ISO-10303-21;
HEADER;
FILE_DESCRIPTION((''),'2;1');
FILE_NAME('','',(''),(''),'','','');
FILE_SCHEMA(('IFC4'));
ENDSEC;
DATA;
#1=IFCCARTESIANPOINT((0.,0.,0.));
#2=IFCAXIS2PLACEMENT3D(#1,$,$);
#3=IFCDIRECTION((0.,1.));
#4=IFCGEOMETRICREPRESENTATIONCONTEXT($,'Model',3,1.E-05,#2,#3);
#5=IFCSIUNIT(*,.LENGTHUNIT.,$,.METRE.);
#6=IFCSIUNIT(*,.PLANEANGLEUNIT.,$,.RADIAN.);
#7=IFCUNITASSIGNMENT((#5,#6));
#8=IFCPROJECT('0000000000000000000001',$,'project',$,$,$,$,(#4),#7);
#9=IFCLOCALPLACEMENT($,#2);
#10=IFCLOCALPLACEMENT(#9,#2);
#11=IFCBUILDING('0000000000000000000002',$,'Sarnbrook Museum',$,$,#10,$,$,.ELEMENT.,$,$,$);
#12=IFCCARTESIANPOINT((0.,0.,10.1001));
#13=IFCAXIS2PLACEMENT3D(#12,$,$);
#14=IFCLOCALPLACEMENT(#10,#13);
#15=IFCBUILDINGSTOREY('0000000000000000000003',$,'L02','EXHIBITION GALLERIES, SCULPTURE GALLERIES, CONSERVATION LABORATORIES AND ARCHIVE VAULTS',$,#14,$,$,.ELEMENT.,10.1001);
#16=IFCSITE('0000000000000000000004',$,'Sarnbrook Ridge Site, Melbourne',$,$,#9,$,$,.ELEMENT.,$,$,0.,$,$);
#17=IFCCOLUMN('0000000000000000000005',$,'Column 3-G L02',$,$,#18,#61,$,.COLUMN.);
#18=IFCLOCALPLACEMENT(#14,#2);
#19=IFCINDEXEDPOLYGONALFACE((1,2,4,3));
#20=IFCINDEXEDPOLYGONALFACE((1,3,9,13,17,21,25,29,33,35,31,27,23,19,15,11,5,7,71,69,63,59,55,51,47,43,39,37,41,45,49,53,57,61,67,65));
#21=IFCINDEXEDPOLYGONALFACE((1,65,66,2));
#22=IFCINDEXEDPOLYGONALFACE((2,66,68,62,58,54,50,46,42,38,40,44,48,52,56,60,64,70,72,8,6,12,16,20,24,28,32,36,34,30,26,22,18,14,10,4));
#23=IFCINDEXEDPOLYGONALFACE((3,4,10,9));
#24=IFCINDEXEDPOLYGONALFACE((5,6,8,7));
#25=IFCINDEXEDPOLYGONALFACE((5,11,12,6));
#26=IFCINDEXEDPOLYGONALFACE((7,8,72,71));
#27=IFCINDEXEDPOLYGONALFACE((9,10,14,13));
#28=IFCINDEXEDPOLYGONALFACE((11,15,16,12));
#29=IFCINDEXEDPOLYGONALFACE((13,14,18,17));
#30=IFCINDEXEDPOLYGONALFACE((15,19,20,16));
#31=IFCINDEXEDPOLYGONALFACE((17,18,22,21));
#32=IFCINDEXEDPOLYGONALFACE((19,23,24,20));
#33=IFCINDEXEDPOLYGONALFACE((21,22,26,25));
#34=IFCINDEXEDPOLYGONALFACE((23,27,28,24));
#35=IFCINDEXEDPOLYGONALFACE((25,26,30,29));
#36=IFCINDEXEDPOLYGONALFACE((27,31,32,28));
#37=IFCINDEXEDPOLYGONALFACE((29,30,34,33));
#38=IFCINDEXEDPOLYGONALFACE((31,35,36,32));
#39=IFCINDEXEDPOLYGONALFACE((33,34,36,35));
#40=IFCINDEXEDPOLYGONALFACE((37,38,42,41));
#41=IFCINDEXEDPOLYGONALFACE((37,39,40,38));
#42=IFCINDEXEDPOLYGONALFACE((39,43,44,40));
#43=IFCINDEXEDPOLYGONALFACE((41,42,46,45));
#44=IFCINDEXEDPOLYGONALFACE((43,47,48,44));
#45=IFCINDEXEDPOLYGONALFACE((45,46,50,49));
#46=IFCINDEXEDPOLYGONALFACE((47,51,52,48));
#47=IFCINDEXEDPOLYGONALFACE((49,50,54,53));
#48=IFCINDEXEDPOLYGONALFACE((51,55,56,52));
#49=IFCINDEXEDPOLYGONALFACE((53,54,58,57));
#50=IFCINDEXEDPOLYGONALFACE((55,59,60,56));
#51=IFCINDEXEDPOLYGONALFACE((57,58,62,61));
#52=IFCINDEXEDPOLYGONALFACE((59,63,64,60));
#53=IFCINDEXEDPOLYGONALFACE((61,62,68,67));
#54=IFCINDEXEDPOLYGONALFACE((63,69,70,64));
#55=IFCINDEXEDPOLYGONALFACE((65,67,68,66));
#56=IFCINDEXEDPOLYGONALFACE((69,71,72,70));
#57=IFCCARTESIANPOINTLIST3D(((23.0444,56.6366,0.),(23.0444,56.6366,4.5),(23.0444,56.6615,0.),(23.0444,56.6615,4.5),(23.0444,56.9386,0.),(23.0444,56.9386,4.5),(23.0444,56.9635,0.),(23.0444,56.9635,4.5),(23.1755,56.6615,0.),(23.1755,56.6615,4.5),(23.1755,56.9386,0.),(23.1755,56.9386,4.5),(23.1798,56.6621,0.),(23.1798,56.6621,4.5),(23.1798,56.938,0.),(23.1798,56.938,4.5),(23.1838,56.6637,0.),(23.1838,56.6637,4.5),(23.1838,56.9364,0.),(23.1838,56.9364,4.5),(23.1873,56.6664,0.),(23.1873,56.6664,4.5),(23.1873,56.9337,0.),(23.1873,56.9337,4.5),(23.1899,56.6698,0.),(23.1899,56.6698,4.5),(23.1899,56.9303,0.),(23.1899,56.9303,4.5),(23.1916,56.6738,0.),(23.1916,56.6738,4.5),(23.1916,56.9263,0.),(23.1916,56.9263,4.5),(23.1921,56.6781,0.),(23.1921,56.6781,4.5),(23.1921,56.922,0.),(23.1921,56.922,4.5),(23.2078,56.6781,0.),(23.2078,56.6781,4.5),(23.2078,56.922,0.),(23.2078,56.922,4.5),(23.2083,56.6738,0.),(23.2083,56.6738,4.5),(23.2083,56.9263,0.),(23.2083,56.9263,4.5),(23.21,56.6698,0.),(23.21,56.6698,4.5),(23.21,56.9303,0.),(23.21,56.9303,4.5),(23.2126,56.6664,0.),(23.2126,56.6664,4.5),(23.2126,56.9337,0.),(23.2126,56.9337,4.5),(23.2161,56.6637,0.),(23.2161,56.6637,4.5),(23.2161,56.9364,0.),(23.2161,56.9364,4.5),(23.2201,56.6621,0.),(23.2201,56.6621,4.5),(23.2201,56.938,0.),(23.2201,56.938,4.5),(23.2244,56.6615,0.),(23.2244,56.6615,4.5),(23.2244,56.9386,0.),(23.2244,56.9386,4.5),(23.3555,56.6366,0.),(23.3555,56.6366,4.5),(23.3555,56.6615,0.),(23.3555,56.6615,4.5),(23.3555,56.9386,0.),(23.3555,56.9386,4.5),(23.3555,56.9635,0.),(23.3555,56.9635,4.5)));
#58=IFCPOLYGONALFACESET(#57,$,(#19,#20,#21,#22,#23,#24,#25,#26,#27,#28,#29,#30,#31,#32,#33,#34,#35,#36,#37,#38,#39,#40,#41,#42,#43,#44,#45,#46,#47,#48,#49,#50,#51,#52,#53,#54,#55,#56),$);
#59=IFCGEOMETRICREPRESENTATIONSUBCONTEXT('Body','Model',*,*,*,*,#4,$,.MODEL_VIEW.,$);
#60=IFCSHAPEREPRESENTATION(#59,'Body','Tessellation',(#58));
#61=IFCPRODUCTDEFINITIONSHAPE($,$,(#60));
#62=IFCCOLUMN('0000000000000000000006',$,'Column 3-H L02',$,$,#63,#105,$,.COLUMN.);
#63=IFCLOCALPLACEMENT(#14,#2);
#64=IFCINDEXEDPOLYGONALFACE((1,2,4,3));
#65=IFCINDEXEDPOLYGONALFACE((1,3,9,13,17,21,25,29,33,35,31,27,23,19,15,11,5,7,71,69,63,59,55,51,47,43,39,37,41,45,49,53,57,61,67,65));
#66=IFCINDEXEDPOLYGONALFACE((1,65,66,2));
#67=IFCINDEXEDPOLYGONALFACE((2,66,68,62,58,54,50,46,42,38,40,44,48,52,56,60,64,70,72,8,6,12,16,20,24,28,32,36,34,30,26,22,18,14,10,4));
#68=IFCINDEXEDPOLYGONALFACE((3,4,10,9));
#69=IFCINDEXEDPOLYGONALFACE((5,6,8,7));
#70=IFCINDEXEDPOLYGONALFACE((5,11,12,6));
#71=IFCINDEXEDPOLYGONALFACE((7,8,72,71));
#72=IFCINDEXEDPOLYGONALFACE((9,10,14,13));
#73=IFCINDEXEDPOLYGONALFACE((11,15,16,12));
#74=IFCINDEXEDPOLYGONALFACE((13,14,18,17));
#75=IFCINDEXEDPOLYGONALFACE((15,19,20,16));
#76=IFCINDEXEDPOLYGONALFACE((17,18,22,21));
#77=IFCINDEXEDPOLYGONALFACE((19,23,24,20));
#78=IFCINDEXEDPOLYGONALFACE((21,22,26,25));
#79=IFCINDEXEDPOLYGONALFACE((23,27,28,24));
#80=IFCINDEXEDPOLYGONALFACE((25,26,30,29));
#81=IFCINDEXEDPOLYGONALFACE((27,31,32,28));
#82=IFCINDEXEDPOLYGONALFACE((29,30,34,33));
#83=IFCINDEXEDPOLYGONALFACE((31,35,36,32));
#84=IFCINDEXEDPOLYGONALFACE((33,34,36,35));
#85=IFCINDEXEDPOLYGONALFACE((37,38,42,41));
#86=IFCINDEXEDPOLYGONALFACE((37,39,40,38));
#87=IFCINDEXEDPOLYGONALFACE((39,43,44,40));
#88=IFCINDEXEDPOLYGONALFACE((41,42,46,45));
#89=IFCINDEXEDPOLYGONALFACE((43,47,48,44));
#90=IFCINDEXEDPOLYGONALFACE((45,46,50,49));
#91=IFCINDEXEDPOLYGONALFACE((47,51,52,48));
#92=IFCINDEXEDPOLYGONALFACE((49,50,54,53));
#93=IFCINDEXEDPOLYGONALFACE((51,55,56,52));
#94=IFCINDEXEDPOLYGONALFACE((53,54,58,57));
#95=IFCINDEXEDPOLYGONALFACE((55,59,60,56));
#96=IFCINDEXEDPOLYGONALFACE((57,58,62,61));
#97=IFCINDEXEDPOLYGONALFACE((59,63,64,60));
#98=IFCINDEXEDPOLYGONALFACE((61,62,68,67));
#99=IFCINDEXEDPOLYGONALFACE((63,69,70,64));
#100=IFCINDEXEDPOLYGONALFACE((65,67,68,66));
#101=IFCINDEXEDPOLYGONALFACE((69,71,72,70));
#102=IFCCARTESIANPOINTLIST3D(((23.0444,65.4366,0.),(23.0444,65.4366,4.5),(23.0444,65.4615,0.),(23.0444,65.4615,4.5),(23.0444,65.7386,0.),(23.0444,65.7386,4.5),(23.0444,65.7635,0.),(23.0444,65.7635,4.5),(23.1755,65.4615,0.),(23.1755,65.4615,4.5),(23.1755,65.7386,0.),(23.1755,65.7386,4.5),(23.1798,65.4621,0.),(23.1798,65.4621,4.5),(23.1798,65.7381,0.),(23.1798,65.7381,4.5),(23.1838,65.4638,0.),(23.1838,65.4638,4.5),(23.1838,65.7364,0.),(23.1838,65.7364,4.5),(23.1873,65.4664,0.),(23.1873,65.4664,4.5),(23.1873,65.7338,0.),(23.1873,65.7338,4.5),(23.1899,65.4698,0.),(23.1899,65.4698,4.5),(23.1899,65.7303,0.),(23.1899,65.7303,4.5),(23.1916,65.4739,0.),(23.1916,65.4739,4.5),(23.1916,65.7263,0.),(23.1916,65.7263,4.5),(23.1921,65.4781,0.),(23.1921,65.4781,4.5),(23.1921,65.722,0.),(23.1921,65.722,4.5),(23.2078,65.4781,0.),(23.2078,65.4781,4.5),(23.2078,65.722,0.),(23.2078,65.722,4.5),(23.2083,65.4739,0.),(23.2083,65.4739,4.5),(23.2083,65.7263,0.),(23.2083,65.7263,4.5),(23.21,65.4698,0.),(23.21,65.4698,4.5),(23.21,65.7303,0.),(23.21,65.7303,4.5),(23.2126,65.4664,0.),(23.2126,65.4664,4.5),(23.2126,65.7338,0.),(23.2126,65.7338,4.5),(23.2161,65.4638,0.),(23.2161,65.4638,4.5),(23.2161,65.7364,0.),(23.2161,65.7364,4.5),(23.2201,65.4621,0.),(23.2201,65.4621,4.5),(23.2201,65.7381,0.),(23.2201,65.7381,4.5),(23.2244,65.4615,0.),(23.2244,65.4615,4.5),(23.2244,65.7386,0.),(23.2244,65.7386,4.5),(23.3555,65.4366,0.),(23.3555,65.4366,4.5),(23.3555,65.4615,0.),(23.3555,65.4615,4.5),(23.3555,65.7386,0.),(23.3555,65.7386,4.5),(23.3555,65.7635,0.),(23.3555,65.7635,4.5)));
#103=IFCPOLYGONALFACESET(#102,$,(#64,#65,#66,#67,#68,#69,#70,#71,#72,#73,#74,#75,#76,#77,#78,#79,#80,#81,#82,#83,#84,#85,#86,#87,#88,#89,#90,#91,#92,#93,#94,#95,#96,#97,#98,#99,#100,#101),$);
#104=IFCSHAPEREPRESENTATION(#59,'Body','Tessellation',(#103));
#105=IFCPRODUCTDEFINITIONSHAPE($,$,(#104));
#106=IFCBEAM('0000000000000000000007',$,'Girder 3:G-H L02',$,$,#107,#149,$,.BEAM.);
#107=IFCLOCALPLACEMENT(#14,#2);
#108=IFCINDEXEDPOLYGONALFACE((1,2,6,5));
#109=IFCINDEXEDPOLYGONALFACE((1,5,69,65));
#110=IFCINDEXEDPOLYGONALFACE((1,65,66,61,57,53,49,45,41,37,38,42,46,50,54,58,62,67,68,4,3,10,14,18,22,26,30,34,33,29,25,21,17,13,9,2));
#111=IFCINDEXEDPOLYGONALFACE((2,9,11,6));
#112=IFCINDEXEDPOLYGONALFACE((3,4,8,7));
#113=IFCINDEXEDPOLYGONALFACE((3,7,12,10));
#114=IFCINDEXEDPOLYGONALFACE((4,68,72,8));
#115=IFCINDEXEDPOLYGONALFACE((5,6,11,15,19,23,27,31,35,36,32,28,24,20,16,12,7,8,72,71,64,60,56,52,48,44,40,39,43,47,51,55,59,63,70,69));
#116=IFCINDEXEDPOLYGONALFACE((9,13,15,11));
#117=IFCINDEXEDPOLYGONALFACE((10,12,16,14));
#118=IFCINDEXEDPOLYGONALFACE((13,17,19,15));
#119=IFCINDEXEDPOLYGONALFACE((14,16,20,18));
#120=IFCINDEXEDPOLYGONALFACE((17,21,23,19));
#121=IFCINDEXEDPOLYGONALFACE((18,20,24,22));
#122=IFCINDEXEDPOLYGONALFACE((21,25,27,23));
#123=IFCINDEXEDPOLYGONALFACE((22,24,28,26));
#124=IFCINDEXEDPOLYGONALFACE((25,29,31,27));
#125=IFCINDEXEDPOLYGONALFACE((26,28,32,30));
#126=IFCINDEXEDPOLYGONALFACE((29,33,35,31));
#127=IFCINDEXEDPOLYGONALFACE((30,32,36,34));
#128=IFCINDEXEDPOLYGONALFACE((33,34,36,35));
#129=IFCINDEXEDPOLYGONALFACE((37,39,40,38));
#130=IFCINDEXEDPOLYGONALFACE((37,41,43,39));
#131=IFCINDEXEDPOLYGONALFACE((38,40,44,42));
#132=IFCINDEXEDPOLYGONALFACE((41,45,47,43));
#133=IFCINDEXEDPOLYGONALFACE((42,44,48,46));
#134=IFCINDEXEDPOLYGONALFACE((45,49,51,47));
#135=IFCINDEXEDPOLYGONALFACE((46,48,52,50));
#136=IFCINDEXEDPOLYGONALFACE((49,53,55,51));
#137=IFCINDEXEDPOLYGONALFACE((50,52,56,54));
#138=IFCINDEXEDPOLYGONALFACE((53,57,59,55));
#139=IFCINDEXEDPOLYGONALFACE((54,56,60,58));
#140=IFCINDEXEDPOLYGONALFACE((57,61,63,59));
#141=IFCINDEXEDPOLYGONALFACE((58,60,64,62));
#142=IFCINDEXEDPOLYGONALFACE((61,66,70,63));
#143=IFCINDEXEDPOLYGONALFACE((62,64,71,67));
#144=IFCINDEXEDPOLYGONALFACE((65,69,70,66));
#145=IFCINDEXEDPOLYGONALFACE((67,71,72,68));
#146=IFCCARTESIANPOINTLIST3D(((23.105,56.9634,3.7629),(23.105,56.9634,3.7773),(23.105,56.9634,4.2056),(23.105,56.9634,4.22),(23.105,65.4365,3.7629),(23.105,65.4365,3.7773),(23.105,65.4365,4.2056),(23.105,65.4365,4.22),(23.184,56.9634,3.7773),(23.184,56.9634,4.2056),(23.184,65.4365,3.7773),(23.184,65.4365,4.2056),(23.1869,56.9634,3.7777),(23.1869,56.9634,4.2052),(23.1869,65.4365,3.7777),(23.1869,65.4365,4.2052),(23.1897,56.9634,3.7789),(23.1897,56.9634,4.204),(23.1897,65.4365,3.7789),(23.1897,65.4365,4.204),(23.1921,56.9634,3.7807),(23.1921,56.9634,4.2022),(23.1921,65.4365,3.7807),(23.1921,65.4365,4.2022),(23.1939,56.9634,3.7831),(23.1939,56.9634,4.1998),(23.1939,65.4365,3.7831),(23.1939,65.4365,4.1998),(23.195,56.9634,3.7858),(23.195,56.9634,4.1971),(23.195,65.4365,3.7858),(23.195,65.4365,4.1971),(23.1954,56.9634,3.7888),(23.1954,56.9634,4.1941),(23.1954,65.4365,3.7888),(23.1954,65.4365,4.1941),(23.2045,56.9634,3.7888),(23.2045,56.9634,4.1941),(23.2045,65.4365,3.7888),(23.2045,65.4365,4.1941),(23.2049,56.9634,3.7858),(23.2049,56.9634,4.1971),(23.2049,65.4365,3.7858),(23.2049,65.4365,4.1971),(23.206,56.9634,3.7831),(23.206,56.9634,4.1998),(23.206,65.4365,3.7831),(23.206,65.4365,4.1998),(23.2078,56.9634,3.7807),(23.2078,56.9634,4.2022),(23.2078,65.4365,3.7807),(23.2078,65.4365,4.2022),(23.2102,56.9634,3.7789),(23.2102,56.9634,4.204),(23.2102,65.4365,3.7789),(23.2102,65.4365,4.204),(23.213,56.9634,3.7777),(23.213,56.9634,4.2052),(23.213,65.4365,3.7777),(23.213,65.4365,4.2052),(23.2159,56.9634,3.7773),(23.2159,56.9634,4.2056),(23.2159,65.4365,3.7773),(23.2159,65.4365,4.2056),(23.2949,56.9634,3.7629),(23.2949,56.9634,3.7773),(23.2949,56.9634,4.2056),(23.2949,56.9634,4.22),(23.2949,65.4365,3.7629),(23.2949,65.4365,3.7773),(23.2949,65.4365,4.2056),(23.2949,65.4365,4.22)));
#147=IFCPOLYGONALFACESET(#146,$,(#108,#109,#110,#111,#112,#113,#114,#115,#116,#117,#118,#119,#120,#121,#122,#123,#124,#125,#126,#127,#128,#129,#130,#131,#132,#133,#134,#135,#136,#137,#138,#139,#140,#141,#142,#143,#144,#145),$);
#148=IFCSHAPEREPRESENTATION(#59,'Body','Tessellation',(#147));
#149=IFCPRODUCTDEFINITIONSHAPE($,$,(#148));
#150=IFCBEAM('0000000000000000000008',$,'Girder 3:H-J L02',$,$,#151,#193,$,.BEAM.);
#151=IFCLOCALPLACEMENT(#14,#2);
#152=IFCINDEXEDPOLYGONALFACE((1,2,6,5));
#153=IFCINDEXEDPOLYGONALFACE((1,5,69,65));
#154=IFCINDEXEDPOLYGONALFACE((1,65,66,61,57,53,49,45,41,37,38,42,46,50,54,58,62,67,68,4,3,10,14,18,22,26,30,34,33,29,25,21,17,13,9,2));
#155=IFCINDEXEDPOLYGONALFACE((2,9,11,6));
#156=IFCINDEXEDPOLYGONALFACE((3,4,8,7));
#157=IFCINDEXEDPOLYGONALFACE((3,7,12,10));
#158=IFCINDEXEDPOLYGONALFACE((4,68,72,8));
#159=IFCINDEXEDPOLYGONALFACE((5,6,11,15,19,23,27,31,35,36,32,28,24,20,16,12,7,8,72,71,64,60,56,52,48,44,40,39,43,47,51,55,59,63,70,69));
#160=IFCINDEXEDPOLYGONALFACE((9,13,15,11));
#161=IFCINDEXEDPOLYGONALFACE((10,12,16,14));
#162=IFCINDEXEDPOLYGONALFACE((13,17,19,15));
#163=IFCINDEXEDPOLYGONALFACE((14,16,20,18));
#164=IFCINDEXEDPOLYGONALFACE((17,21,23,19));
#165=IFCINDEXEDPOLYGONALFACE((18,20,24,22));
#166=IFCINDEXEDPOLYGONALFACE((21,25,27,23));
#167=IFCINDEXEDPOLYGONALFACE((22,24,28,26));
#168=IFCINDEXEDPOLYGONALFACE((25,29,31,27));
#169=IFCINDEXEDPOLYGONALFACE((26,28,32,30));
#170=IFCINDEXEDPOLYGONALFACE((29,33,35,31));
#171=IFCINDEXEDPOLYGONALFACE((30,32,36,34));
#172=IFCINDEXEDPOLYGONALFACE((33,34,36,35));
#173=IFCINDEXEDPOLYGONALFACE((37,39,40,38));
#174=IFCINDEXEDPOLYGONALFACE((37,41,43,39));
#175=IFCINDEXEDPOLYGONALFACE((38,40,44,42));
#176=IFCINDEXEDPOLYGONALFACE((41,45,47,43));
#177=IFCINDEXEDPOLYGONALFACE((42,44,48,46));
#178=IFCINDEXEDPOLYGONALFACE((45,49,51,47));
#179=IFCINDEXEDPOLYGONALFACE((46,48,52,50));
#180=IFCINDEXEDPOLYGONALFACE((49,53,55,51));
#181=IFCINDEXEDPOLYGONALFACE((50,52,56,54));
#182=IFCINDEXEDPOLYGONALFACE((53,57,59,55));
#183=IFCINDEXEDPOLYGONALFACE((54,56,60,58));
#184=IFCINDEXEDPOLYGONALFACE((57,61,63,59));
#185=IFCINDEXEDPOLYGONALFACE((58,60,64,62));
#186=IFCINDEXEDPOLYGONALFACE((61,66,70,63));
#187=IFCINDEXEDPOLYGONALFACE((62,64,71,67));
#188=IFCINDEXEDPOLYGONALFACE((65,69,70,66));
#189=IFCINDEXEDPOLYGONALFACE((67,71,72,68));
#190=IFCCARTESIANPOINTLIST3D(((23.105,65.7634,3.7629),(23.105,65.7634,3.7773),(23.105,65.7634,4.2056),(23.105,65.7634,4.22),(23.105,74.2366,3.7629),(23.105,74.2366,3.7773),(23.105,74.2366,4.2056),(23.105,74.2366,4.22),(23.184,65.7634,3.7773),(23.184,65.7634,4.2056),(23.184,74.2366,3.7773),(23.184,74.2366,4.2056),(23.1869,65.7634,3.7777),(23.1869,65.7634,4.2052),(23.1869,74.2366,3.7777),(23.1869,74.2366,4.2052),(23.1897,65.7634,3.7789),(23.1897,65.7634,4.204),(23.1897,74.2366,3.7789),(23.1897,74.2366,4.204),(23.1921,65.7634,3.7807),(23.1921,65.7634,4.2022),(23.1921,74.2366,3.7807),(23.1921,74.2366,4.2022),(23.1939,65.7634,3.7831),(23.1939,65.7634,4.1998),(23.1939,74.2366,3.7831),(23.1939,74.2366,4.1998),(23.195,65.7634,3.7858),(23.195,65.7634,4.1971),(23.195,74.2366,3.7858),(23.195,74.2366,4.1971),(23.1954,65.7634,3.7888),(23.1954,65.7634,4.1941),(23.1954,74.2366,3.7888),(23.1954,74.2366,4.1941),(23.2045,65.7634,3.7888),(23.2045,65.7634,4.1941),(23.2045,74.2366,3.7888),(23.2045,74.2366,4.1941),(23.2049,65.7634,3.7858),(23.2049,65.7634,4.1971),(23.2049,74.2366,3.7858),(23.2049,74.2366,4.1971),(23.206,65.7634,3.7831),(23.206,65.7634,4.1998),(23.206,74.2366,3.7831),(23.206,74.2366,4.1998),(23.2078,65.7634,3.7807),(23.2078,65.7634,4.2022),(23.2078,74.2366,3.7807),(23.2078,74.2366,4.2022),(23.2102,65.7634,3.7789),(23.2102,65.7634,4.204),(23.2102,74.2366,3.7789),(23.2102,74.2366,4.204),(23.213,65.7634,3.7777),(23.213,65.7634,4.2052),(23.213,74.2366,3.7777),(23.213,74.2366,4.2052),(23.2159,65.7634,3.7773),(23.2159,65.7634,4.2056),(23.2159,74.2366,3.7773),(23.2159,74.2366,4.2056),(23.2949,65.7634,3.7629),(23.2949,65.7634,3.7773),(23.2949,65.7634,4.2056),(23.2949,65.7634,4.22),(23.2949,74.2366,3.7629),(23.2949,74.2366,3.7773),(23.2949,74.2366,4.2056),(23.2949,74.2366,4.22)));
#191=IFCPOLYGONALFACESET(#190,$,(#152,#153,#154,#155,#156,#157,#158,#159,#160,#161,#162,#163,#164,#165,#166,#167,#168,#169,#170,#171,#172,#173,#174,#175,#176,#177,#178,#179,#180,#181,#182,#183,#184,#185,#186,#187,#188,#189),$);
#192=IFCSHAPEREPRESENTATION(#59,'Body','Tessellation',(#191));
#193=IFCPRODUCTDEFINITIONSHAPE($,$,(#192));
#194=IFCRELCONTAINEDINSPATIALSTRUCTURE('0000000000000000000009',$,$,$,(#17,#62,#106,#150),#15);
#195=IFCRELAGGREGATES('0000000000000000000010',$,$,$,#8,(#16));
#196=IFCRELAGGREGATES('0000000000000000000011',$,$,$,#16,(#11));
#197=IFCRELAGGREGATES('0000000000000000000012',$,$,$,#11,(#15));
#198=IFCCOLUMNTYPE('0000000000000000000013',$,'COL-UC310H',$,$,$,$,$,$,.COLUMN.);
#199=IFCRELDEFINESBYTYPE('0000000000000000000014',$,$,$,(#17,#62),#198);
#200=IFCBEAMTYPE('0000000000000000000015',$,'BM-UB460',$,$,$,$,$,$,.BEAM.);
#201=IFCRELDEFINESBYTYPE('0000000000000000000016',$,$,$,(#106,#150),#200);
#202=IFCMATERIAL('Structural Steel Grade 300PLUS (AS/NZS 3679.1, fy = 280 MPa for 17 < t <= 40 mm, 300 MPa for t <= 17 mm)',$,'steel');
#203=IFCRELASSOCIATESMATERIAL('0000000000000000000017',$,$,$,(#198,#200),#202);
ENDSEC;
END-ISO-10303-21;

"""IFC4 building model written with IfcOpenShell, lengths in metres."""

from ifc_helpers import new_model, si_unit, direction, frame, origin, origin_2d, place, context, subcontext, project, spatial, i_section, extrude, material, material_profile, profile_set, type_object, element, save


model = new_model("IFC4")

# Units and contexts
model_context = context("Model", 3, precision=1e-05, world=origin(), true_north=direction((0.0, 1.0)))
body_context = subcontext(model_context, "Body", "Model", "MODEL_VIEW")
ifc_project = project(units=[si_unit("LENGTHUNIT", "METRE"), si_unit("PLANEANGLEUNIT", "RADIAN")], contexts=[model_context])

# Site, building, storey
site_placement = place(None, origin())
site = spatial("IfcSite", under=ifc_project, at=site_placement, Name="Sarnbrook Ridge Site, Melbourne", CompositionType="ELEMENT", RefElevation=0.0)
building_placement = place(site_placement, origin())
building = spatial("IfcBuilding", under=site, at=building_placement, Name="Sarnbrook Museum", CompositionType="ELEMENT")
storey_placement = place(building_placement, frame((0.0, 0.0, 10.1001)))
storey = spatial("IfcBuildingStorey", under=building, at=storey_placement, Name="L02", Description="EXHIBITION GALLERIES, SCULPTURE GALLERIES, CONSERVATION LABORATORIES AND ARCHIVE VAULTS", CompositionType="ELEMENT", Elevation=10.1001)

# Columns
ifc_material_1 = material(Name="Structural Steel Grade 300PLUS (AS/NZS 3679.1, fy = 280 MPa for 17 < t <= 40 mm, 300 MPa for t <= 17 mm)", Category="steel")
ifc_material_profile_1 = material_profile(ifc_material_1, i_section(OverallWidth=0.311, OverallDepth=0.3269, WebThickness=0.0156, FlangeThickness=0.0249, FilletRadius=0.0166, at=origin_2d()), Name="310UC158")
ifc_profile_set_1 = profile_set([ifc_material_profile_1], Name="Structural Steel Grade 300PLUS (AS/NZS 3679.1, fy = 280 MPa for 17 < t <= 40 mm, 300 MPa for t <= 17 mm)")
column_type = type_object("IfcColumnType", Name="COL-UC310H", PredefinedType="COLUMN", material=ifc_profile_set_1)
for number, where, z_axis, x_axis, name in (
    (1, (23.2, 56.8, 0.0), (0.0, 0.0, 1.0), (1.0, 0.0, 0.0), "Column 3-G L02"),
    (2, (23.2, 65.6001, 0.0), (0.0, 0.0, 1.0), (1.0, 0.0, 0.0), "Column 3-H L02"),
):
    element("IfcColumn", number, at=place(storey_placement, frame(where, z_axis=z_axis, x_axis=x_axis)), inside=storey, type_object=column_type, Name=name, PredefinedType="COLUMN", context=body_context, shape_type="SweptSolid", body=[
        extrude(i_section(OverallWidth=0.311, OverallDepth=0.3269, WebThickness=0.0156, FlangeThickness=0.0249, FilletRadius=0.0166, at=origin_2d()), origin(), (0.0, 0.0, 1.0), 4.5),
    ])

# Beams
ifc_material_profile_2 = material_profile(ifc_material_1, i_section(OverallWidth=0.1899, OverallDepth=0.457, WebThickness=0.009, FlangeThickness=0.0144, FilletRadius=0.0115, at=origin_2d()), Name="460UB74.6")
ifc_profile_set_2 = profile_set([ifc_material_profile_2], Name="Structural Steel Grade 300PLUS (AS/NZS 3679.1, fy = 280 MPa for 17 < t <= 40 mm, 300 MPa for t <= 17 mm)")
beam_type_1 = type_object("IfcBeamType", Name="BM-UB460", PredefinedType="BEAM", material=ifc_profile_set_2)
for number, where, z_axis, x_axis, name in (
    (3, (23.2, 56.9634, 3.9915), (0.0, 1.0, 0.0), (-1.0, 0.0, 0.0), "Girder 3:G-H L02"),
    (4, (23.2, 65.7634, 3.9915), (0.0, 1.0, 0.0), (-1.0, 0.0, 0.0), "Girder 3:H-J L02"),
):
    element("IfcBeam", number, at=place(storey_placement, frame(where, z_axis=z_axis, x_axis=x_axis)), inside=storey, type_object=beam_type_1, Name=name, PredefinedType="BEAM", context=body_context, shape_type="SweptSolid", body=[
        extrude(i_section(OverallWidth=0.1899, OverallDepth=0.457, WebThickness=0.009, FlangeThickness=0.0144, FilletRadius=0.0115, at=origin_2d()), origin(), (0.0, 0.0, 1.0), 8.4731),
    ])

save(model, "model.ifc")
